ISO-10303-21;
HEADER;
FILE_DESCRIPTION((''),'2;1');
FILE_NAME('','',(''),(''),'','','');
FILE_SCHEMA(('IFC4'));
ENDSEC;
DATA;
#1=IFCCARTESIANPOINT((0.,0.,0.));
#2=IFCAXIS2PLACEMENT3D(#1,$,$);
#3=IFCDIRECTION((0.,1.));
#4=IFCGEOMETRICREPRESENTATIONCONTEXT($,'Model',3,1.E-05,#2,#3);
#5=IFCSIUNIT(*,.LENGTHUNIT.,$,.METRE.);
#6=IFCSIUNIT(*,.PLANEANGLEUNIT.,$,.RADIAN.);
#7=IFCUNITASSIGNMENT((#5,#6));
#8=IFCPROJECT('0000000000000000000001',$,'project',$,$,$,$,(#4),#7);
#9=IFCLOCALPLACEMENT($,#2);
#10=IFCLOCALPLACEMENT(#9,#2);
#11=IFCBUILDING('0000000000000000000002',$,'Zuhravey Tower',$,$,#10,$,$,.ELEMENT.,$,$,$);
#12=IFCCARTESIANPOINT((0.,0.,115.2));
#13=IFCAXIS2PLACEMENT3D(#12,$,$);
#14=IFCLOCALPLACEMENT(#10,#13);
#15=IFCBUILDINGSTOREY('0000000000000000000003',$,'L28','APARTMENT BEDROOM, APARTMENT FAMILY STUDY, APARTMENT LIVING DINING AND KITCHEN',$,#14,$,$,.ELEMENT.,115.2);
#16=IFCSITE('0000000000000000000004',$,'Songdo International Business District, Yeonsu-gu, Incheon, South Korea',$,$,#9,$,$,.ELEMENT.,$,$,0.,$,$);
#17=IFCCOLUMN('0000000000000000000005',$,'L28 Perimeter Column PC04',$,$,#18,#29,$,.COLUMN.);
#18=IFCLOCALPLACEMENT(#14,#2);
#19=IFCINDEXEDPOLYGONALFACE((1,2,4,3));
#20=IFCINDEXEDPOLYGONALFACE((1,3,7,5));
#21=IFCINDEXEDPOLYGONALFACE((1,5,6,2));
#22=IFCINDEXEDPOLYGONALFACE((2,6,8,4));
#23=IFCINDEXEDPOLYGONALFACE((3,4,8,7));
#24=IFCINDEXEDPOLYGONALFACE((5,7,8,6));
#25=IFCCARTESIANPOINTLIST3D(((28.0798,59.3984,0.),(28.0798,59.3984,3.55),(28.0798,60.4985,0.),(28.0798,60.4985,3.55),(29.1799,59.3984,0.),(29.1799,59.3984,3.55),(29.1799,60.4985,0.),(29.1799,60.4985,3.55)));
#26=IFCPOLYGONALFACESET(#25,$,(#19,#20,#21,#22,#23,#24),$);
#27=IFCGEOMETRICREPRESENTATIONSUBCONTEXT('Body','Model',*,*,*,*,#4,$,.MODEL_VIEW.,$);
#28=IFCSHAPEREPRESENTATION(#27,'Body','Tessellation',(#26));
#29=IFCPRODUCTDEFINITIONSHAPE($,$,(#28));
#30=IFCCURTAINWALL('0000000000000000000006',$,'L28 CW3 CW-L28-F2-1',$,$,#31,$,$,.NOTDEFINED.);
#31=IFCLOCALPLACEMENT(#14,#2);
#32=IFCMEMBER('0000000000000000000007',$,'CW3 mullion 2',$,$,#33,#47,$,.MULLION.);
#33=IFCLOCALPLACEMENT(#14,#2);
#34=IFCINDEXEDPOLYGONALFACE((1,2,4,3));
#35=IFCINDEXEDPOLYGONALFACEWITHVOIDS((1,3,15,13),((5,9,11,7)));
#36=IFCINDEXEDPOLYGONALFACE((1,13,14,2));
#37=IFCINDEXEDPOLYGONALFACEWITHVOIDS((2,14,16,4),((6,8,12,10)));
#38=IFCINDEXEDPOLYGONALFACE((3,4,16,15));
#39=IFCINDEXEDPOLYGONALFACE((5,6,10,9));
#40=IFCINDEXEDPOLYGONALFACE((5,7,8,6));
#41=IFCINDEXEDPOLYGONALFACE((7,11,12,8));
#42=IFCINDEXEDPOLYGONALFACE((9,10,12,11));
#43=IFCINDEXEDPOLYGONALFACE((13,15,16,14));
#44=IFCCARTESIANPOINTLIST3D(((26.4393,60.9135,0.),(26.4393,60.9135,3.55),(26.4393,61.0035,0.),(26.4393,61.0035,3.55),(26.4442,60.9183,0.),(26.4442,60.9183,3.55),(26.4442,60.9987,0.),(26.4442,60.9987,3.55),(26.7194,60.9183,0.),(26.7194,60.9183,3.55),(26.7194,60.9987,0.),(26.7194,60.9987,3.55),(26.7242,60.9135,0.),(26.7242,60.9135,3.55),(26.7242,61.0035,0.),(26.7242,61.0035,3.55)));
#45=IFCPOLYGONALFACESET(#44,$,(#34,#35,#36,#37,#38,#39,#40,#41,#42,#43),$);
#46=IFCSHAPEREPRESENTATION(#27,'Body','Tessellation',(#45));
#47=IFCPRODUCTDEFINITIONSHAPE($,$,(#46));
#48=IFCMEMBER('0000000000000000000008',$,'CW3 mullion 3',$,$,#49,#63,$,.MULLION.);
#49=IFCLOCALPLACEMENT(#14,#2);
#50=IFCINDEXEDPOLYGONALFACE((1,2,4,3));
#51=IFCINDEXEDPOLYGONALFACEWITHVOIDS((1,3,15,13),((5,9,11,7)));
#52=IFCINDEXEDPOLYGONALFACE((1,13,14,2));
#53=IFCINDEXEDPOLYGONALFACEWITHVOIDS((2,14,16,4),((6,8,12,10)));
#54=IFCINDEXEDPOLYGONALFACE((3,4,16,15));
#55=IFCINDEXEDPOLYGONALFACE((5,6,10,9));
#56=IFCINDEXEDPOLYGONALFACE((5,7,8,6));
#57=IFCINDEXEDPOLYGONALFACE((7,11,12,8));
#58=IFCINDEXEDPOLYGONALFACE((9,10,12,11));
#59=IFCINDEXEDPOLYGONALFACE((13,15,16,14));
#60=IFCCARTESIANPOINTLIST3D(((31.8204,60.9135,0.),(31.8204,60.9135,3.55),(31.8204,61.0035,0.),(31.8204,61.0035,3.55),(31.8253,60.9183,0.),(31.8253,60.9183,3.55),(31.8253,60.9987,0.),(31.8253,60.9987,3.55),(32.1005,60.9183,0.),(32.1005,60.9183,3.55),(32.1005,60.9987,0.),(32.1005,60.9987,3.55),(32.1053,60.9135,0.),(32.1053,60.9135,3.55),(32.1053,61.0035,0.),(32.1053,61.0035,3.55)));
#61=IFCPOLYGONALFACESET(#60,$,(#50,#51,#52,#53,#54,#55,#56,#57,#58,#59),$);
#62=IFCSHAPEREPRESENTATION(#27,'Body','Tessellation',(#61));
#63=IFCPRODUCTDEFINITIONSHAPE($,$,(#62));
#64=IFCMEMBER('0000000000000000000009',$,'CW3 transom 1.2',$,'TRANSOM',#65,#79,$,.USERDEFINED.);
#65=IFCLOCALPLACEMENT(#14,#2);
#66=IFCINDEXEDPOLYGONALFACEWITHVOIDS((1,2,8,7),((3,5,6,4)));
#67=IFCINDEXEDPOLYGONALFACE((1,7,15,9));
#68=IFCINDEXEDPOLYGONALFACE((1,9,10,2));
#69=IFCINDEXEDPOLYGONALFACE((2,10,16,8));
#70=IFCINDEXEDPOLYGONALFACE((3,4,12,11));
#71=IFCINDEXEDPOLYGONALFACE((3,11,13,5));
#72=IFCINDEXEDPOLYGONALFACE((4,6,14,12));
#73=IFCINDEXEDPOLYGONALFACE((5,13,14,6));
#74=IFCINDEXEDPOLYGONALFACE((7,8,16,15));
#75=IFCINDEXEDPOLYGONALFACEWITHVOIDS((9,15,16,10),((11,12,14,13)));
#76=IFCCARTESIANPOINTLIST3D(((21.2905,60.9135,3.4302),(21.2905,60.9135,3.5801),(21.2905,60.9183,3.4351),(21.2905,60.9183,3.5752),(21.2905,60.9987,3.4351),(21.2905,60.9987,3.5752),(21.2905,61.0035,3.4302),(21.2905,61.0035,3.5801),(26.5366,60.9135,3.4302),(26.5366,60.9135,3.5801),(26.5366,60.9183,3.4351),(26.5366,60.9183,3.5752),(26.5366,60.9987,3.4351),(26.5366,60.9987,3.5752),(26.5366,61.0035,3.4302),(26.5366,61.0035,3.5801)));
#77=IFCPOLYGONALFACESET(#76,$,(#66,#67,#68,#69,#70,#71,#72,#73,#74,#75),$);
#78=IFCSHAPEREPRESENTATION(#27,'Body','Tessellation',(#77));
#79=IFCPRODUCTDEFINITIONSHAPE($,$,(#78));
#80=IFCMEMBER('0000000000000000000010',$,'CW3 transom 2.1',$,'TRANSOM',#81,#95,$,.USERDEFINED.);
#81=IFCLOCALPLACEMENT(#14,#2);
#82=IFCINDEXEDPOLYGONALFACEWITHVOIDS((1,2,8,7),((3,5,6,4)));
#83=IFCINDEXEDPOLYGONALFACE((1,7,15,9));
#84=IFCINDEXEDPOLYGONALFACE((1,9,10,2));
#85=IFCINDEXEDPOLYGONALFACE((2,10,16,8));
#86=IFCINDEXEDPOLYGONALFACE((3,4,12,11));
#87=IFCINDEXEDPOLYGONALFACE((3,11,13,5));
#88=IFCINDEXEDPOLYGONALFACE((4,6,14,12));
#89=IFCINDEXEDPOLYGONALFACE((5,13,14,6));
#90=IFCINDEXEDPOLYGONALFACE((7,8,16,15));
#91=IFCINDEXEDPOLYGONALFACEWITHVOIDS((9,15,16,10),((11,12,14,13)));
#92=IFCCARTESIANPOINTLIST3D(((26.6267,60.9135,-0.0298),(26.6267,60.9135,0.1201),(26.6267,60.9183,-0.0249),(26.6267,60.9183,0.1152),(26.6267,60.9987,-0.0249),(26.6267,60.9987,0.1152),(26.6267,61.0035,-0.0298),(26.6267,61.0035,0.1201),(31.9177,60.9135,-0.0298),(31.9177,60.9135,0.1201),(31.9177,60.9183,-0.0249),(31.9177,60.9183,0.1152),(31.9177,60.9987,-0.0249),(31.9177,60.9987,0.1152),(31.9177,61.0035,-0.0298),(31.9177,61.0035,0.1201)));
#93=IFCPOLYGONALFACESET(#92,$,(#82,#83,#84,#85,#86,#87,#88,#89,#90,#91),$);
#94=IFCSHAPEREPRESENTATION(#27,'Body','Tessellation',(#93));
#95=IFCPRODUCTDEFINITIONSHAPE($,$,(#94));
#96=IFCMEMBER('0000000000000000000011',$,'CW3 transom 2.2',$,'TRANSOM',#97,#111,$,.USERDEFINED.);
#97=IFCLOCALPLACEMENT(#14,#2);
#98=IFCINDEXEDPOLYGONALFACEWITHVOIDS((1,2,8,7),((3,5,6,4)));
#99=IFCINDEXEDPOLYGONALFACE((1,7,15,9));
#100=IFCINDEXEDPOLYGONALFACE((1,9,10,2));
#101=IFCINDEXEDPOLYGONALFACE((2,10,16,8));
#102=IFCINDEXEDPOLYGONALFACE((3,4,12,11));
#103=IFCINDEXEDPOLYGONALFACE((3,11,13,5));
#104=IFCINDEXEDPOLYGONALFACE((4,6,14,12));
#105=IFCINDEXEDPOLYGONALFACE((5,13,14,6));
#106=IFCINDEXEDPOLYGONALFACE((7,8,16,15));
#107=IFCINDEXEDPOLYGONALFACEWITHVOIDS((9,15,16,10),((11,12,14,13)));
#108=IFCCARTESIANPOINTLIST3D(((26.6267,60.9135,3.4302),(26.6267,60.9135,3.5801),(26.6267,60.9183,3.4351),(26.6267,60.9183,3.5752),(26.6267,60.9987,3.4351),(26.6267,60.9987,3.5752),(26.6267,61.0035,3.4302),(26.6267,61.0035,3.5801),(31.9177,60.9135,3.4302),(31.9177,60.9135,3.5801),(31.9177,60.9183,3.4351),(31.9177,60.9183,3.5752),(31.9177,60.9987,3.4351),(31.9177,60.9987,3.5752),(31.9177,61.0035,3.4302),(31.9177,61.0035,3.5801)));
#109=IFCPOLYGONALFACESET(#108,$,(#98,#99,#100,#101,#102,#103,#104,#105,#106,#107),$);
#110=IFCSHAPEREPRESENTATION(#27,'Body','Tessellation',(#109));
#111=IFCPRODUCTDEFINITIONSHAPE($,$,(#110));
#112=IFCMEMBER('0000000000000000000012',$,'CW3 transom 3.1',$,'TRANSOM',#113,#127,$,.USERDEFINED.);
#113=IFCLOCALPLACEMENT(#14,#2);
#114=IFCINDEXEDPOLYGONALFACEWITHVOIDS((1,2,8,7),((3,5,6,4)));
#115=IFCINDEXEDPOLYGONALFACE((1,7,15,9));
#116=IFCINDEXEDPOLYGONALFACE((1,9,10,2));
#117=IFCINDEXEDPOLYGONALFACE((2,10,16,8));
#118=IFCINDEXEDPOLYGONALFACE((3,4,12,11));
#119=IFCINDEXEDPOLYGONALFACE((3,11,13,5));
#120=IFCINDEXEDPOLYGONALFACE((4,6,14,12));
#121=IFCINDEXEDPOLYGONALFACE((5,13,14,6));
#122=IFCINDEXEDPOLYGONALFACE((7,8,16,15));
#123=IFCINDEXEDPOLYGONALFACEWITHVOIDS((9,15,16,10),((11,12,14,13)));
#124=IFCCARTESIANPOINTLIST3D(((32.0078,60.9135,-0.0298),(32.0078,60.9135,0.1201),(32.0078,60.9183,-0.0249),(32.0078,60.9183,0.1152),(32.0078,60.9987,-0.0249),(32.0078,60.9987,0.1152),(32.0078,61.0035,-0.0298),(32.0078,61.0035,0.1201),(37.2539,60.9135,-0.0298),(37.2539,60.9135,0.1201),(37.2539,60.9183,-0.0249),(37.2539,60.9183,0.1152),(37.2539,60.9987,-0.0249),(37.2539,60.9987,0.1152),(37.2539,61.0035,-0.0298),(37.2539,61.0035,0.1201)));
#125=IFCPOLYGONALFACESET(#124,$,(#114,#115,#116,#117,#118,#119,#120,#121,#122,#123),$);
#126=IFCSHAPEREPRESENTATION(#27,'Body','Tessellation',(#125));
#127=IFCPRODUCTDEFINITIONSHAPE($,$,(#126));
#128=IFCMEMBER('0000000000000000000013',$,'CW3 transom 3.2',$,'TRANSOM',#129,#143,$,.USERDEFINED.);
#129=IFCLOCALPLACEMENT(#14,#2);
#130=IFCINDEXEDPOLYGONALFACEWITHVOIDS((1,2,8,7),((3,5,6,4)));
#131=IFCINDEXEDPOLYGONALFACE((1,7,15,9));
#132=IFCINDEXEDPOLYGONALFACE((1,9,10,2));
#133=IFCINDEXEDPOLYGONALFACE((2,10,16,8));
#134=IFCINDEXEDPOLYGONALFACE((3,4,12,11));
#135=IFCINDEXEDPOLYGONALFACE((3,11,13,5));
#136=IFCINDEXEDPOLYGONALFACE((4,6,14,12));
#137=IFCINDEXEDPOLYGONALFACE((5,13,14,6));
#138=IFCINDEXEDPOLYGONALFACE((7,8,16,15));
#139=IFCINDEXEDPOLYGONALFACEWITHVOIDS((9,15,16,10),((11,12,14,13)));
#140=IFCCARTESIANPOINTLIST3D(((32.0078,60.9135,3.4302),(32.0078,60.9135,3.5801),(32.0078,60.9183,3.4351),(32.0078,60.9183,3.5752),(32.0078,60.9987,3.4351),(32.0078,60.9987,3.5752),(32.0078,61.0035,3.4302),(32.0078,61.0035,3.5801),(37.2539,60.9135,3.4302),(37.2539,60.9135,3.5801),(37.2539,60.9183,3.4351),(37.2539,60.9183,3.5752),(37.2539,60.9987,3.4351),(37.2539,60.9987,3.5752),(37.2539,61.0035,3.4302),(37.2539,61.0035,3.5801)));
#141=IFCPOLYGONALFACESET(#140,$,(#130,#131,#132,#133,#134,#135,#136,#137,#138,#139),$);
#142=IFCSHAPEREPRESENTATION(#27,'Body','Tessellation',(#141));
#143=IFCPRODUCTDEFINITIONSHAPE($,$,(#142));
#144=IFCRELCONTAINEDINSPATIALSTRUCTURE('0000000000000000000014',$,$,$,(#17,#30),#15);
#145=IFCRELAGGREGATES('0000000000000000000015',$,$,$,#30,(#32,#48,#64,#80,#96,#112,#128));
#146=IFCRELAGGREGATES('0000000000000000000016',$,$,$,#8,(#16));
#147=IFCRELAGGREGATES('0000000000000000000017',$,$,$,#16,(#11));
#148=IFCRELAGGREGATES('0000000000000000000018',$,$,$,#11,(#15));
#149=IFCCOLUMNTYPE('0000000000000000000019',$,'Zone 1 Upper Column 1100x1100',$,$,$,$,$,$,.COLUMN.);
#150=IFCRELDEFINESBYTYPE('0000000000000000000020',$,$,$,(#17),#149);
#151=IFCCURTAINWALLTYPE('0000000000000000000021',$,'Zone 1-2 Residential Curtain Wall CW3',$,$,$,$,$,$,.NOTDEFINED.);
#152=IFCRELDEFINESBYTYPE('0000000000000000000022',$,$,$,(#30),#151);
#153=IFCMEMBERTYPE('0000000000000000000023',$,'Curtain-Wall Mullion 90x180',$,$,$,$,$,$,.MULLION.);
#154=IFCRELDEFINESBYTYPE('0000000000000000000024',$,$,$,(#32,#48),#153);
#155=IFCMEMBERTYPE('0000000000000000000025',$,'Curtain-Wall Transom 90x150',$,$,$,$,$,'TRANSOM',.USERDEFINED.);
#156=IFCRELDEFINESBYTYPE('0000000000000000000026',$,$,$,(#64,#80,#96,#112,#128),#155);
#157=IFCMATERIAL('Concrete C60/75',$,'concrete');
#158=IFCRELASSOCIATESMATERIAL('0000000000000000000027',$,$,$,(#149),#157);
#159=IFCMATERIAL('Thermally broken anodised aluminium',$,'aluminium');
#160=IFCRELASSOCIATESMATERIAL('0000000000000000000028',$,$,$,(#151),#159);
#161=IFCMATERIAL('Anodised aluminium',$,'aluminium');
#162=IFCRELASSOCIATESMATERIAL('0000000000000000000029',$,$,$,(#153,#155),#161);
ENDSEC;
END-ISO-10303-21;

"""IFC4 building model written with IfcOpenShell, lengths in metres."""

from ifc_helpers import new_model, si_unit, direction, frame, origin, origin_2d, place, context, subcontext, project, spatial, rectangle, hollow_rectangle, extrude, material, material_profile, profile_set, type_object, element, aggregate, save


model = new_model("IFC4")

# Units and contexts
model_context = context("Model", 3, precision=1e-05, world=origin(), true_north=direction((0.0, 1.0)))
body_context = subcontext(model_context, "Body", "Model", "MODEL_VIEW")
ifc_project = project(units=[si_unit("LENGTHUNIT", "METRE"), si_unit("PLANEANGLEUNIT", "RADIAN")], contexts=[model_context])

# Site, building, storey
site_placement = place(None, origin())
site = spatial("IfcSite", under=ifc_project, at=site_placement, Name="Songdo International Business District, Yeonsu-gu, Incheon, South Korea", CompositionType="ELEMENT", RefElevation=0.0)
building_placement = place(site_placement, origin())
building = spatial("IfcBuilding", under=site, at=building_placement, Name="Zuhravey Tower", CompositionType="ELEMENT")
storey_placement = place(building_placement, frame((0.0, 0.0, 115.2)))
storey = spatial("IfcBuildingStorey", under=building, at=storey_placement, Name="L28", Description="APARTMENT BEDROOM, APARTMENT FAMILY STUDY, APARTMENT LIVING DINING AND KITCHEN", CompositionType="ELEMENT", Elevation=115.2)

# Column
ifc_material_1 = material(Name="Concrete C60/75", Category="concrete")
ifc_material_profile_1 = material_profile(ifc_material_1, rectangle(XDim=1.1001, YDim=1.1001, at=origin_2d()), Name="RC-1100x1100")
ifc_profile_set_1 = profile_set([ifc_material_profile_1], Name="Concrete C60/75")
column_type = type_object("IfcColumnType", Name="Zone 1 Upper Column 1100x1100", PredefinedType="COLUMN", material=ifc_profile_set_1)
column_placement = place(storey_placement, frame((28.6299, 59.9485, 0.0), z_axis=(0.0, 0.0, 1.0), x_axis=(-1.0, 0.0, 0.0)))
element("IfcColumn", 1, at=column_placement, inside=storey, type_object=column_type, Name="L28 Perimeter Column PC04", PredefinedType="COLUMN", context=body_context, shape_type="SweptSolid", body=[
    extrude(rectangle(XDim=1.1001, YDim=1.1001, at=origin_2d()), origin(), (0.0, 0.0, 1.0), 3.55),
])

# Curtain wall, members
ifc_material_2 = material(Name="Thermally broken anodised aluminium", Category="aluminium")
curtain_wall_type = type_object("IfcCurtainWallType", Name="Zone 1-2 Residential Curtain Wall CW3", PredefinedType="NOTDEFINED", material=ifc_material_2)
curtain_wall_placement = place(storey_placement, origin())
curtain_wall = element("IfcCurtainWall", 2, at=curtain_wall_placement, inside=storey, type_object=curtain_wall_type, Name="L28 CW3 CW-L28-F2-1", PredefinedType="NOTDEFINED")
ifc_material_3 = material(Name="Anodised aluminium", Category="aluminium")
ifc_material_profile_2 = material_profile(ifc_material_3, hollow_rectangle(XDim=0.0901, YDim=0.2849, WallThickness=0.0049, at=origin_2d()), Name="ALU-RHS-90x285x5")
ifc_profile_set_2 = profile_set([ifc_material_profile_2], Name="Anodised aluminium")
member_type_1 = type_object("IfcMemberType", Name="Curtain-Wall Mullion 90x180", PredefinedType="MULLION", material=ifc_profile_set_2)
member_1_placement = place(storey_placement, frame((26.5818, 60.9585, 0.0), z_axis=(0.0, 0.0, 1.0), x_axis=(0.0, 1.0, 0.0)))
member_1 = element("IfcMember", 3, at=member_1_placement, type_object=member_type_1, Name="CW3 mullion 2", PredefinedType="MULLION", context=body_context, shape_type="SweptSolid", body=[
    extrude(hollow_rectangle(XDim=0.0901, YDim=0.2849, WallThickness=0.0049, at=origin_2d()), origin(), (0.0, 0.0, 1.0), 3.55),
])
member_2_placement = place(storey_placement, frame((31.9629, 60.9585, 0.0), z_axis=(0.0, 0.0, 1.0), x_axis=(0.0, 1.0, 0.0)))
member_2 = element("IfcMember", 4, at=member_2_placement, type_object=member_type_1, Name="CW3 mullion 3", PredefinedType="MULLION", context=body_context, shape_type="SweptSolid", body=[
    extrude(hollow_rectangle(XDim=0.0901, YDim=0.2849, WallThickness=0.0049, at=origin_2d()), origin(), (0.0, 0.0, 1.0), 3.55),
])
ifc_material_profile_3 = material_profile(ifc_material_3, hollow_rectangle(XDim=0.0901, YDim=0.1499, WallThickness=0.0049, at=origin_2d()), Name="ALU-RHS-90x150x5")
ifc_profile_set_3 = profile_set([ifc_material_profile_3], Name="Anodised aluminium")
member_type_2 = type_object("IfcMemberType", Name="Curtain-Wall Transom 90x150", ElementType="TRANSOM", PredefinedType="USERDEFINED", material=ifc_profile_set_3)
member_3_placement = place(storey_placement, frame((21.2905, 60.9585, 3.5051), z_axis=(1.0, 0.0, 0.0), x_axis=(0.0, 1.0, 0.0)))
member_3 = element("IfcMember", 5, at=member_3_placement, type_object=member_type_2, Name="CW3 transom 1.2", ObjectType="TRANSOM", PredefinedType="USERDEFINED", context=body_context, shape_type="SweptSolid", body=[
    extrude(hollow_rectangle(XDim=0.0901, YDim=0.1499, WallThickness=0.0049, at=origin_2d()), origin(), (0.0, 0.0, 1.0), 5.2461),
])
member_4_placement = place(storey_placement, frame((26.6267, 60.9585, 0.0452), z_axis=(1.0, 0.0, 0.0), x_axis=(0.0, 1.0, 0.0)))
member_4 = element("IfcMember", 6, at=member_4_placement, type_object=member_type_2, Name="CW3 transom 2.1", ObjectType="TRANSOM", PredefinedType="USERDEFINED", context=body_context, shape_type="SweptSolid", body=[
    extrude(hollow_rectangle(XDim=0.0901, YDim=0.1499, WallThickness=0.0049, at=origin_2d()), origin(), (0.0, 0.0, 1.0), 5.291),
])
member_5_placement = place(storey_placement, frame((26.6267, 60.9585, 3.5051), z_axis=(1.0, 0.0, 0.0), x_axis=(0.0, 1.0, 0.0)))
member_5 = element("IfcMember", 7, at=member_5_placement, type_object=member_type_2, Name="CW3 transom 2.2", ObjectType="TRANSOM", PredefinedType="USERDEFINED", context=body_context, shape_type="SweptSolid", body=[
    extrude(hollow_rectangle(XDim=0.0901, YDim=0.1499, WallThickness=0.0049, at=origin_2d()), origin(), (0.0, 0.0, 1.0), 5.291),
])
member_6_placement = place(storey_placement, frame((32.0078, 60.9585, 0.0452), z_axis=(1.0, 0.0, 0.0), x_axis=(0.0, 1.0, 0.0)))
member_6 = element("IfcMember", 8, at=member_6_placement, type_object=member_type_2, Name="CW3 transom 3.1", ObjectType="TRANSOM", PredefinedType="USERDEFINED", context=body_context, shape_type="SweptSolid", body=[
    extrude(hollow_rectangle(XDim=0.0901, YDim=0.1499, WallThickness=0.0049, at=origin_2d()), origin(), (0.0, 0.0, 1.0), 5.2461),
])
member_7_placement = place(storey_placement, frame((32.0078, 60.9585, 3.5051), z_axis=(1.0, 0.0, 0.0), x_axis=(0.0, 1.0, 0.0)))
member_7 = element("IfcMember", 9, at=member_7_placement, type_object=member_type_2, Name="CW3 transom 3.2", ObjectType="TRANSOM", PredefinedType="USERDEFINED", context=body_context, shape_type="SweptSolid", body=[
    extrude(hollow_rectangle(XDim=0.0901, YDim=0.1499, WallThickness=0.0049, at=origin_2d()), origin(), (0.0, 0.0, 1.0), 5.2461),
])

aggregate(curtain_wall, [member_1, member_2, member_3, member_4, member_5, member_6, member_7])

save(model, "model.ifc")
